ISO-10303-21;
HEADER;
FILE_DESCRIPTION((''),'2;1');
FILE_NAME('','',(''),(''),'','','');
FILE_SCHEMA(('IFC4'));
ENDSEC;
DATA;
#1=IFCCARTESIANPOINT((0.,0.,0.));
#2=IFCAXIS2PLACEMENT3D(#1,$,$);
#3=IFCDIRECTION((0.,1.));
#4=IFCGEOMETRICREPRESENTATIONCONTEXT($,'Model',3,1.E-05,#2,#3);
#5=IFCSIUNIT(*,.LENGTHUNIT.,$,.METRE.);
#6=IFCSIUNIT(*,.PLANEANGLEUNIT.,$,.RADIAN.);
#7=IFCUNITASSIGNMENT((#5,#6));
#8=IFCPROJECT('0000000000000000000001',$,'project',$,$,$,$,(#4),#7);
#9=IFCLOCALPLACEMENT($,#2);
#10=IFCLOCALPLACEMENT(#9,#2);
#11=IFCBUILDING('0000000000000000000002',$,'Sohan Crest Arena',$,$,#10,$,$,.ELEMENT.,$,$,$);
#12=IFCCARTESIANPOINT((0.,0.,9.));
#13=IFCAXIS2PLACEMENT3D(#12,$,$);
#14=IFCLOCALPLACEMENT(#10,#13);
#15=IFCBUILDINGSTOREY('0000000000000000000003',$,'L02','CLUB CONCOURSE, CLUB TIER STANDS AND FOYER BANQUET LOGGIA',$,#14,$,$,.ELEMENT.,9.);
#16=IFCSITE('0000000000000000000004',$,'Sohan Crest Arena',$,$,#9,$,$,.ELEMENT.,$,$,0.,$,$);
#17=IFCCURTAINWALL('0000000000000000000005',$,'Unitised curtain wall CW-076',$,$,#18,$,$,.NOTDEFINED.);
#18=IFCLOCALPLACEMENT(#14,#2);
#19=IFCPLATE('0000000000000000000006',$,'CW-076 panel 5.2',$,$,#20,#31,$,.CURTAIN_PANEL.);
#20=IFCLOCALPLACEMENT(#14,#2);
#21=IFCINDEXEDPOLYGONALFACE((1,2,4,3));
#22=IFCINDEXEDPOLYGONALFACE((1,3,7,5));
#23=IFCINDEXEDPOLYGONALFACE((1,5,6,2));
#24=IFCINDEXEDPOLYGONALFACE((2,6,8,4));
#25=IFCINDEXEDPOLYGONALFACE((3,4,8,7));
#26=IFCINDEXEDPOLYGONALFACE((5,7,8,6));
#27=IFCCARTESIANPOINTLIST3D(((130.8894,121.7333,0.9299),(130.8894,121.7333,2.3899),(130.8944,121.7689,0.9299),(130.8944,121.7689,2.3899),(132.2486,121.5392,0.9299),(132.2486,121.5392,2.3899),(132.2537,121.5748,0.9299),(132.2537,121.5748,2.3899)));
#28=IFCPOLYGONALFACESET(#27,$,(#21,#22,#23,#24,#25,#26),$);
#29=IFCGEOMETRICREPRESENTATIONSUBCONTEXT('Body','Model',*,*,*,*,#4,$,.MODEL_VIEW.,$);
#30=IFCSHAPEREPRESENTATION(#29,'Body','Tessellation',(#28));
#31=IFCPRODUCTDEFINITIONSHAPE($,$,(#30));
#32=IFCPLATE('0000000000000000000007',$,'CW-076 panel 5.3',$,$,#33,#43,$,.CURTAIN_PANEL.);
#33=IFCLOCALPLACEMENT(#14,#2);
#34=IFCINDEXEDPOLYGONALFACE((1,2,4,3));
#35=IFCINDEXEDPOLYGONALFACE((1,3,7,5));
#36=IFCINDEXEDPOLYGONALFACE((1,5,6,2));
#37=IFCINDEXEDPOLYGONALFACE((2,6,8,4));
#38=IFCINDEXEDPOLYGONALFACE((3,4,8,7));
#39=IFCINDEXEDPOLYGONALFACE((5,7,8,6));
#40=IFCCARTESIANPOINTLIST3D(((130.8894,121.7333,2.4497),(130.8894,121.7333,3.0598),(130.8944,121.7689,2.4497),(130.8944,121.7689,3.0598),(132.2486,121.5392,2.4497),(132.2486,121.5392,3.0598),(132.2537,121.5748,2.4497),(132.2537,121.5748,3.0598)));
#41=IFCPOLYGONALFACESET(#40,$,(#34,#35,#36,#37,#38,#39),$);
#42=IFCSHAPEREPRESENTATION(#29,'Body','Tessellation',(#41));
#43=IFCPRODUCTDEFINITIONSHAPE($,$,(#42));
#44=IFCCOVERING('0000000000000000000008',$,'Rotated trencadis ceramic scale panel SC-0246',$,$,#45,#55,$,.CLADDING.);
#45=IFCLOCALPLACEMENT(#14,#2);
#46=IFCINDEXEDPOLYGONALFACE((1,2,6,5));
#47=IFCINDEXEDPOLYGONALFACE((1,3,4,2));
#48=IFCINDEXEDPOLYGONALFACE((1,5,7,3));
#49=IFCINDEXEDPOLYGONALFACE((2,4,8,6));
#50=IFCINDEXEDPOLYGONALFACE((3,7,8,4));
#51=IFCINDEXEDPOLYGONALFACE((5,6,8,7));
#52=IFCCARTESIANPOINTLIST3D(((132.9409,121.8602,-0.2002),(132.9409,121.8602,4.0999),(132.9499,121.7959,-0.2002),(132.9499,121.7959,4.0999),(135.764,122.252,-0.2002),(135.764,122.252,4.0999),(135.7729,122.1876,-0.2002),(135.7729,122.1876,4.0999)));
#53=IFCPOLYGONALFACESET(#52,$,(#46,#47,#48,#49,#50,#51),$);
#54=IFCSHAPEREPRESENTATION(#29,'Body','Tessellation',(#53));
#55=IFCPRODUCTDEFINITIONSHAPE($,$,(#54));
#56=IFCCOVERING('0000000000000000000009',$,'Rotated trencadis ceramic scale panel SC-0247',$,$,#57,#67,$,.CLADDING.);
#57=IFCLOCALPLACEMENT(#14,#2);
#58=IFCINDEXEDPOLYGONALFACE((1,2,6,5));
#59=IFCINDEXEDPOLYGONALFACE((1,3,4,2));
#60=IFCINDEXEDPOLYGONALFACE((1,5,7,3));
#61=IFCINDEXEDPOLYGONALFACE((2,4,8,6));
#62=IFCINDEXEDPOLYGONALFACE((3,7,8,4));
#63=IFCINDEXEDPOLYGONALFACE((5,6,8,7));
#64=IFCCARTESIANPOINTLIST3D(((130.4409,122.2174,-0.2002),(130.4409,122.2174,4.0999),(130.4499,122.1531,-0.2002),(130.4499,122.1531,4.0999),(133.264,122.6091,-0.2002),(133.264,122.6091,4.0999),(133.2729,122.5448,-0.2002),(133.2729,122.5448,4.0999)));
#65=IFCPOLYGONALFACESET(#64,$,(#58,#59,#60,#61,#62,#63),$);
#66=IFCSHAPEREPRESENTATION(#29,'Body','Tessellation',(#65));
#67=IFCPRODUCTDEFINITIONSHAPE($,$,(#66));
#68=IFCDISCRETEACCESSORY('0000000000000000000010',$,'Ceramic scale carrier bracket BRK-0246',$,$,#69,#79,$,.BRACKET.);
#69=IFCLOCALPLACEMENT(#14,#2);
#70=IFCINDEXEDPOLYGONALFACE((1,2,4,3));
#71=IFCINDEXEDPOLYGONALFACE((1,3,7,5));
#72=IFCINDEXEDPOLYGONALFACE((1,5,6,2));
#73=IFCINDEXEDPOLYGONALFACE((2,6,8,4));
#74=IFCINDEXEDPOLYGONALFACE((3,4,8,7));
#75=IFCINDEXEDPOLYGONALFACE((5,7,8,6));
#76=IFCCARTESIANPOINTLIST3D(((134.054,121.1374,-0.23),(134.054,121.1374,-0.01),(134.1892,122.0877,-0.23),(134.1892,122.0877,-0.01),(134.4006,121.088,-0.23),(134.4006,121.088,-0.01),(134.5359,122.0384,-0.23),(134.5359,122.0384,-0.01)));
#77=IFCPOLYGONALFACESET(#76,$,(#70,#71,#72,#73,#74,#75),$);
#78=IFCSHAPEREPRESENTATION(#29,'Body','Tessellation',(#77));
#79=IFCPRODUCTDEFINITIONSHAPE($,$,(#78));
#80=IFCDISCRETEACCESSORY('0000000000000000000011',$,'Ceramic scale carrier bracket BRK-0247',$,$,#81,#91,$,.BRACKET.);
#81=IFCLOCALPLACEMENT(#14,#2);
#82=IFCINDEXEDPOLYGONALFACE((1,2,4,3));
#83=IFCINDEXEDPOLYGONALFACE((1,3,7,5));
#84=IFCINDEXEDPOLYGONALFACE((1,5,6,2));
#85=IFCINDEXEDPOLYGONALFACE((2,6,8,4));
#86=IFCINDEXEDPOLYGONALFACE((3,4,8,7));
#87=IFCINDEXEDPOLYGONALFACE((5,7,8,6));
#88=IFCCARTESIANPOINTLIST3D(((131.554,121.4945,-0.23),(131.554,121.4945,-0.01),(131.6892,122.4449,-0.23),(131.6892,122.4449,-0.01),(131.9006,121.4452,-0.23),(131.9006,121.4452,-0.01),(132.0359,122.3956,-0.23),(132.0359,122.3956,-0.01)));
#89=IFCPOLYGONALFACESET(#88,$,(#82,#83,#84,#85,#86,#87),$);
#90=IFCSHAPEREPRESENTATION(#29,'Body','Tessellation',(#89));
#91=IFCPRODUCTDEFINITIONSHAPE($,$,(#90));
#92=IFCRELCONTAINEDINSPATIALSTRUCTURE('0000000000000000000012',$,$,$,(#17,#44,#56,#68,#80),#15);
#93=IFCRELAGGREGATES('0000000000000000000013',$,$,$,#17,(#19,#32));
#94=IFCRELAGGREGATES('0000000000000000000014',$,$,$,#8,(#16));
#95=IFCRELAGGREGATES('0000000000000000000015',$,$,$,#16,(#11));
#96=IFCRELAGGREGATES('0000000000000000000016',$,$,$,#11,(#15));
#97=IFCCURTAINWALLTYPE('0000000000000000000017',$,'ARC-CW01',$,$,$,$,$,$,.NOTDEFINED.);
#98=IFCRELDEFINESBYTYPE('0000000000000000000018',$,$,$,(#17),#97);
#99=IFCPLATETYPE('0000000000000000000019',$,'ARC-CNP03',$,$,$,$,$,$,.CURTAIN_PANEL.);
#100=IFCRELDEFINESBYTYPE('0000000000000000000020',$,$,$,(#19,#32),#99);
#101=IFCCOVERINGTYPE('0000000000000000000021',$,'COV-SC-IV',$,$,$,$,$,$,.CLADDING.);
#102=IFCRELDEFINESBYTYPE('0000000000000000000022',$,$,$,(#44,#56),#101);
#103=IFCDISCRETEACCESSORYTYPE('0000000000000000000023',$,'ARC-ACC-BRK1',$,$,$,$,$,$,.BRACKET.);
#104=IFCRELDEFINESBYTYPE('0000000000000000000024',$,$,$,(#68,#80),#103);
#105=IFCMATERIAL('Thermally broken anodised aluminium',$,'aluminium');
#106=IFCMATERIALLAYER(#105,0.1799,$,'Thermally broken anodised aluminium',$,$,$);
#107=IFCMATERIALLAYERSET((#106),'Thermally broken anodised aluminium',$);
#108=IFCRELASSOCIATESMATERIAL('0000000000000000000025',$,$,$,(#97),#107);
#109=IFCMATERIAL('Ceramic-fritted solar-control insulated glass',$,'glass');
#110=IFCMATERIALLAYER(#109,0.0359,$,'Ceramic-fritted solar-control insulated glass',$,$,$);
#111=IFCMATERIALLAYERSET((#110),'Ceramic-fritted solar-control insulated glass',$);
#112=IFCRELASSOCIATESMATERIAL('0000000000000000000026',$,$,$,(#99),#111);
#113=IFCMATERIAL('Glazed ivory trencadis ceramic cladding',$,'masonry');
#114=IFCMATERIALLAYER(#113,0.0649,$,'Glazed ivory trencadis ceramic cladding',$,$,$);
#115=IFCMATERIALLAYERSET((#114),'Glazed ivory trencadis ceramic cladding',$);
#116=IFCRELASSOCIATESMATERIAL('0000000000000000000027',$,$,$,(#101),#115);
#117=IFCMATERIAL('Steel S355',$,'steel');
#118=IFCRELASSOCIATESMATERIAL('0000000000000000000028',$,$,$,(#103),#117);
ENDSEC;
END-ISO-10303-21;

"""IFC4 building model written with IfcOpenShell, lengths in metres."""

from ifc_helpers import new_model, si_unit, direction, frame, origin, origin_2d, place, context, subcontext, project, spatial, rectangle, extrude, material, layer, layer_set, type_object, element, aggregate, save


model = new_model("IFC4")

# Units and contexts
model_context = context("Model", 3, precision=1e-05, world=origin(), true_north=direction((0.0, 1.0)))
body_context = subcontext(model_context, "Body", "Model", "MODEL_VIEW")
ifc_project = project(units=[si_unit("LENGTHUNIT", "METRE"), si_unit("PLANEANGLEUNIT", "RADIAN")], contexts=[model_context])

# Site, building, storey
site_placement = place(None, origin())
site = spatial("IfcSite", under=ifc_project, at=site_placement, Name="Sohan Crest Arena", CompositionType="ELEMENT", RefElevation=0.0)
building_placement = place(site_placement, origin())
building = spatial("IfcBuilding", under=site, at=building_placement, Name="Sohan Crest Arena", CompositionType="ELEMENT")
storey_placement = place(building_placement, frame((0.0, 0.0, 9.0)))
storey = spatial("IfcBuildingStorey", under=building, at=storey_placement, Name="L02", Description="CLUB CONCOURSE, CLUB TIER STANDS AND FOYER BANQUET LOGGIA", CompositionType="ELEMENT", Elevation=9.0)

# Curtain wall, plates
ifc_material_1 = material(Name="Thermally broken anodised aluminium", Category="aluminium")
ifc_layer_1 = layer(ifc_material_1, 0.1799, Name="Thermally broken anodised aluminium")
ifc_layer_set_1 = layer_set([ifc_layer_1], Name="Thermally broken anodised aluminium")
curtain_wall_type = type_object("IfcCurtainWallType", Name="ARC-CW01", PredefinedType="NOTDEFINED", material=ifc_layer_set_1)
curtain_wall_placement = place(storey_placement, origin())
curtain_wall = element("IfcCurtainWall", 1, at=curtain_wall_placement, inside=storey, type_object=curtain_wall_type, Name="Unitised curtain wall CW-076", PredefinedType="NOTDEFINED")
ifc_material_2 = material(Name="Ceramic-fritted solar-control insulated glass", Category="glass")
ifc_layer_2 = layer(ifc_material_2, 0.0359, Name="Ceramic-fritted solar-control insulated glass")
ifc_layer_set_2 = layer_set([ifc_layer_2], Name="Ceramic-fritted solar-control insulated glass")
plate_type = type_object("IfcPlateType", Name="ARC-CNP03", PredefinedType="CURTAIN_PANEL", material=ifc_layer_set_2)
plate_1_placement = place(storey_placement, frame((131.5715, 121.6541, 0.9299), z_axis=(0.0, 0.0, 1.0), x_axis=(-0.989957, 0.141366, 0.0)))
plate_1 = element("IfcPlate", 2, at=plate_1_placement, type_object=plate_type, Name="CW-076 panel 5.2", PredefinedType="CURTAIN_PANEL", context=body_context, shape_type="SweptSolid", body=[
    extrude(rectangle(XDim=1.373, YDim=0.0359, at=origin_2d()), origin(), (0.0, 0.0, 1.0), 1.46),
])
plate_2_placement = place(storey_placement, frame((131.5715, 121.6541, 2.4497), z_axis=(0.0, 0.0, 1.0), x_axis=(-0.989957, 0.141366, 0.0)))
plate_2 = element("IfcPlate", 3, at=plate_2_placement, type_object=plate_type, Name="CW-076 panel 5.3", PredefinedType="CURTAIN_PANEL", context=body_context, shape_type="SweptSolid", body=[
    extrude(rectangle(XDim=1.373, YDim=0.0359, at=origin_2d()), origin(), (0.0, 0.0, 1.0), 0.6101),
])
aggregate(curtain_wall, [plate_1, plate_2])

# Coverings
ifc_material_3 = material(Name="Glazed ivory trencadis ceramic cladding", Category="masonry")
ifc_layer_3 = layer(ifc_material_3, 0.0649, Name="Glazed ivory trencadis ceramic cladding")
ifc_layer_set_3 = layer_set([ifc_layer_3], Name="Glazed ivory trencadis ceramic cladding")
covering_type = type_object("IfcCoveringType", Name="COV-SC-IV", PredefinedType="CLADDING", material=ifc_layer_set_3)
for number, where, z_axis, x_axis, name in (
    (4, (134.3569, 122.0239, -0.2002), (0.0, 0.0, 1.0), (-0.990509, -0.137445, 0.0), "Rotated trencadis ceramic scale panel SC-0246"),
    (5, (131.8569, 122.3811, -0.2002), (0.0, 0.0, 1.0), (-0.990509, -0.137445, 0.0), "Rotated trencadis ceramic scale panel SC-0247"),
):
    element("IfcCovering", number, at=place(storey_placement, frame(where, z_axis=z_axis, x_axis=x_axis)), inside=storey, type_object=covering_type, Name=name, PredefinedType="CLADDING", context=body_context, shape_type="SweptSolid", body=[
        extrude(rectangle(XDim=2.8501, YDim=0.0649, at=origin_2d()), origin(), (0.0, 0.0, 1.0), 4.3),
    ])

# Discrete accessories
ifc_material_4 = material(Name="Steel S355", Category="steel")
discrete_accessory_type = type_object("IfcDiscreteAccessoryType", Name="ARC-ACC-BRK1", PredefinedType="BRACKET", material=ifc_material_4)
for number, where, z_axis, x_axis, name in (
    (6, (134.2949, 121.5879, -0.23), (0.0, 0.0, 1.0), (-0.990024, 0.140901, 0.0), "Ceramic scale carrier bracket BRK-0246"),
    (7, (131.7949, 121.9451, -0.23), (0.0, 0.0, 1.0), (-0.990024, 0.140901, 0.0), "Ceramic scale carrier bracket BRK-0247"),
):
    element("IfcDiscreteAccessory", number, at=place(storey_placement, frame(where, z_axis=z_axis, x_axis=x_axis)), inside=storey, type_object=discrete_accessory_type, Name=name, PredefinedType="BRACKET", context=body_context, shape_type="SweptSolid", body=[
        extrude(rectangle(XDim=0.3501, YDim=0.96, at=origin_2d()), origin(), (0.0, 0.0, 1.0), 0.22),
    ])

save(model, "model.ifc")
